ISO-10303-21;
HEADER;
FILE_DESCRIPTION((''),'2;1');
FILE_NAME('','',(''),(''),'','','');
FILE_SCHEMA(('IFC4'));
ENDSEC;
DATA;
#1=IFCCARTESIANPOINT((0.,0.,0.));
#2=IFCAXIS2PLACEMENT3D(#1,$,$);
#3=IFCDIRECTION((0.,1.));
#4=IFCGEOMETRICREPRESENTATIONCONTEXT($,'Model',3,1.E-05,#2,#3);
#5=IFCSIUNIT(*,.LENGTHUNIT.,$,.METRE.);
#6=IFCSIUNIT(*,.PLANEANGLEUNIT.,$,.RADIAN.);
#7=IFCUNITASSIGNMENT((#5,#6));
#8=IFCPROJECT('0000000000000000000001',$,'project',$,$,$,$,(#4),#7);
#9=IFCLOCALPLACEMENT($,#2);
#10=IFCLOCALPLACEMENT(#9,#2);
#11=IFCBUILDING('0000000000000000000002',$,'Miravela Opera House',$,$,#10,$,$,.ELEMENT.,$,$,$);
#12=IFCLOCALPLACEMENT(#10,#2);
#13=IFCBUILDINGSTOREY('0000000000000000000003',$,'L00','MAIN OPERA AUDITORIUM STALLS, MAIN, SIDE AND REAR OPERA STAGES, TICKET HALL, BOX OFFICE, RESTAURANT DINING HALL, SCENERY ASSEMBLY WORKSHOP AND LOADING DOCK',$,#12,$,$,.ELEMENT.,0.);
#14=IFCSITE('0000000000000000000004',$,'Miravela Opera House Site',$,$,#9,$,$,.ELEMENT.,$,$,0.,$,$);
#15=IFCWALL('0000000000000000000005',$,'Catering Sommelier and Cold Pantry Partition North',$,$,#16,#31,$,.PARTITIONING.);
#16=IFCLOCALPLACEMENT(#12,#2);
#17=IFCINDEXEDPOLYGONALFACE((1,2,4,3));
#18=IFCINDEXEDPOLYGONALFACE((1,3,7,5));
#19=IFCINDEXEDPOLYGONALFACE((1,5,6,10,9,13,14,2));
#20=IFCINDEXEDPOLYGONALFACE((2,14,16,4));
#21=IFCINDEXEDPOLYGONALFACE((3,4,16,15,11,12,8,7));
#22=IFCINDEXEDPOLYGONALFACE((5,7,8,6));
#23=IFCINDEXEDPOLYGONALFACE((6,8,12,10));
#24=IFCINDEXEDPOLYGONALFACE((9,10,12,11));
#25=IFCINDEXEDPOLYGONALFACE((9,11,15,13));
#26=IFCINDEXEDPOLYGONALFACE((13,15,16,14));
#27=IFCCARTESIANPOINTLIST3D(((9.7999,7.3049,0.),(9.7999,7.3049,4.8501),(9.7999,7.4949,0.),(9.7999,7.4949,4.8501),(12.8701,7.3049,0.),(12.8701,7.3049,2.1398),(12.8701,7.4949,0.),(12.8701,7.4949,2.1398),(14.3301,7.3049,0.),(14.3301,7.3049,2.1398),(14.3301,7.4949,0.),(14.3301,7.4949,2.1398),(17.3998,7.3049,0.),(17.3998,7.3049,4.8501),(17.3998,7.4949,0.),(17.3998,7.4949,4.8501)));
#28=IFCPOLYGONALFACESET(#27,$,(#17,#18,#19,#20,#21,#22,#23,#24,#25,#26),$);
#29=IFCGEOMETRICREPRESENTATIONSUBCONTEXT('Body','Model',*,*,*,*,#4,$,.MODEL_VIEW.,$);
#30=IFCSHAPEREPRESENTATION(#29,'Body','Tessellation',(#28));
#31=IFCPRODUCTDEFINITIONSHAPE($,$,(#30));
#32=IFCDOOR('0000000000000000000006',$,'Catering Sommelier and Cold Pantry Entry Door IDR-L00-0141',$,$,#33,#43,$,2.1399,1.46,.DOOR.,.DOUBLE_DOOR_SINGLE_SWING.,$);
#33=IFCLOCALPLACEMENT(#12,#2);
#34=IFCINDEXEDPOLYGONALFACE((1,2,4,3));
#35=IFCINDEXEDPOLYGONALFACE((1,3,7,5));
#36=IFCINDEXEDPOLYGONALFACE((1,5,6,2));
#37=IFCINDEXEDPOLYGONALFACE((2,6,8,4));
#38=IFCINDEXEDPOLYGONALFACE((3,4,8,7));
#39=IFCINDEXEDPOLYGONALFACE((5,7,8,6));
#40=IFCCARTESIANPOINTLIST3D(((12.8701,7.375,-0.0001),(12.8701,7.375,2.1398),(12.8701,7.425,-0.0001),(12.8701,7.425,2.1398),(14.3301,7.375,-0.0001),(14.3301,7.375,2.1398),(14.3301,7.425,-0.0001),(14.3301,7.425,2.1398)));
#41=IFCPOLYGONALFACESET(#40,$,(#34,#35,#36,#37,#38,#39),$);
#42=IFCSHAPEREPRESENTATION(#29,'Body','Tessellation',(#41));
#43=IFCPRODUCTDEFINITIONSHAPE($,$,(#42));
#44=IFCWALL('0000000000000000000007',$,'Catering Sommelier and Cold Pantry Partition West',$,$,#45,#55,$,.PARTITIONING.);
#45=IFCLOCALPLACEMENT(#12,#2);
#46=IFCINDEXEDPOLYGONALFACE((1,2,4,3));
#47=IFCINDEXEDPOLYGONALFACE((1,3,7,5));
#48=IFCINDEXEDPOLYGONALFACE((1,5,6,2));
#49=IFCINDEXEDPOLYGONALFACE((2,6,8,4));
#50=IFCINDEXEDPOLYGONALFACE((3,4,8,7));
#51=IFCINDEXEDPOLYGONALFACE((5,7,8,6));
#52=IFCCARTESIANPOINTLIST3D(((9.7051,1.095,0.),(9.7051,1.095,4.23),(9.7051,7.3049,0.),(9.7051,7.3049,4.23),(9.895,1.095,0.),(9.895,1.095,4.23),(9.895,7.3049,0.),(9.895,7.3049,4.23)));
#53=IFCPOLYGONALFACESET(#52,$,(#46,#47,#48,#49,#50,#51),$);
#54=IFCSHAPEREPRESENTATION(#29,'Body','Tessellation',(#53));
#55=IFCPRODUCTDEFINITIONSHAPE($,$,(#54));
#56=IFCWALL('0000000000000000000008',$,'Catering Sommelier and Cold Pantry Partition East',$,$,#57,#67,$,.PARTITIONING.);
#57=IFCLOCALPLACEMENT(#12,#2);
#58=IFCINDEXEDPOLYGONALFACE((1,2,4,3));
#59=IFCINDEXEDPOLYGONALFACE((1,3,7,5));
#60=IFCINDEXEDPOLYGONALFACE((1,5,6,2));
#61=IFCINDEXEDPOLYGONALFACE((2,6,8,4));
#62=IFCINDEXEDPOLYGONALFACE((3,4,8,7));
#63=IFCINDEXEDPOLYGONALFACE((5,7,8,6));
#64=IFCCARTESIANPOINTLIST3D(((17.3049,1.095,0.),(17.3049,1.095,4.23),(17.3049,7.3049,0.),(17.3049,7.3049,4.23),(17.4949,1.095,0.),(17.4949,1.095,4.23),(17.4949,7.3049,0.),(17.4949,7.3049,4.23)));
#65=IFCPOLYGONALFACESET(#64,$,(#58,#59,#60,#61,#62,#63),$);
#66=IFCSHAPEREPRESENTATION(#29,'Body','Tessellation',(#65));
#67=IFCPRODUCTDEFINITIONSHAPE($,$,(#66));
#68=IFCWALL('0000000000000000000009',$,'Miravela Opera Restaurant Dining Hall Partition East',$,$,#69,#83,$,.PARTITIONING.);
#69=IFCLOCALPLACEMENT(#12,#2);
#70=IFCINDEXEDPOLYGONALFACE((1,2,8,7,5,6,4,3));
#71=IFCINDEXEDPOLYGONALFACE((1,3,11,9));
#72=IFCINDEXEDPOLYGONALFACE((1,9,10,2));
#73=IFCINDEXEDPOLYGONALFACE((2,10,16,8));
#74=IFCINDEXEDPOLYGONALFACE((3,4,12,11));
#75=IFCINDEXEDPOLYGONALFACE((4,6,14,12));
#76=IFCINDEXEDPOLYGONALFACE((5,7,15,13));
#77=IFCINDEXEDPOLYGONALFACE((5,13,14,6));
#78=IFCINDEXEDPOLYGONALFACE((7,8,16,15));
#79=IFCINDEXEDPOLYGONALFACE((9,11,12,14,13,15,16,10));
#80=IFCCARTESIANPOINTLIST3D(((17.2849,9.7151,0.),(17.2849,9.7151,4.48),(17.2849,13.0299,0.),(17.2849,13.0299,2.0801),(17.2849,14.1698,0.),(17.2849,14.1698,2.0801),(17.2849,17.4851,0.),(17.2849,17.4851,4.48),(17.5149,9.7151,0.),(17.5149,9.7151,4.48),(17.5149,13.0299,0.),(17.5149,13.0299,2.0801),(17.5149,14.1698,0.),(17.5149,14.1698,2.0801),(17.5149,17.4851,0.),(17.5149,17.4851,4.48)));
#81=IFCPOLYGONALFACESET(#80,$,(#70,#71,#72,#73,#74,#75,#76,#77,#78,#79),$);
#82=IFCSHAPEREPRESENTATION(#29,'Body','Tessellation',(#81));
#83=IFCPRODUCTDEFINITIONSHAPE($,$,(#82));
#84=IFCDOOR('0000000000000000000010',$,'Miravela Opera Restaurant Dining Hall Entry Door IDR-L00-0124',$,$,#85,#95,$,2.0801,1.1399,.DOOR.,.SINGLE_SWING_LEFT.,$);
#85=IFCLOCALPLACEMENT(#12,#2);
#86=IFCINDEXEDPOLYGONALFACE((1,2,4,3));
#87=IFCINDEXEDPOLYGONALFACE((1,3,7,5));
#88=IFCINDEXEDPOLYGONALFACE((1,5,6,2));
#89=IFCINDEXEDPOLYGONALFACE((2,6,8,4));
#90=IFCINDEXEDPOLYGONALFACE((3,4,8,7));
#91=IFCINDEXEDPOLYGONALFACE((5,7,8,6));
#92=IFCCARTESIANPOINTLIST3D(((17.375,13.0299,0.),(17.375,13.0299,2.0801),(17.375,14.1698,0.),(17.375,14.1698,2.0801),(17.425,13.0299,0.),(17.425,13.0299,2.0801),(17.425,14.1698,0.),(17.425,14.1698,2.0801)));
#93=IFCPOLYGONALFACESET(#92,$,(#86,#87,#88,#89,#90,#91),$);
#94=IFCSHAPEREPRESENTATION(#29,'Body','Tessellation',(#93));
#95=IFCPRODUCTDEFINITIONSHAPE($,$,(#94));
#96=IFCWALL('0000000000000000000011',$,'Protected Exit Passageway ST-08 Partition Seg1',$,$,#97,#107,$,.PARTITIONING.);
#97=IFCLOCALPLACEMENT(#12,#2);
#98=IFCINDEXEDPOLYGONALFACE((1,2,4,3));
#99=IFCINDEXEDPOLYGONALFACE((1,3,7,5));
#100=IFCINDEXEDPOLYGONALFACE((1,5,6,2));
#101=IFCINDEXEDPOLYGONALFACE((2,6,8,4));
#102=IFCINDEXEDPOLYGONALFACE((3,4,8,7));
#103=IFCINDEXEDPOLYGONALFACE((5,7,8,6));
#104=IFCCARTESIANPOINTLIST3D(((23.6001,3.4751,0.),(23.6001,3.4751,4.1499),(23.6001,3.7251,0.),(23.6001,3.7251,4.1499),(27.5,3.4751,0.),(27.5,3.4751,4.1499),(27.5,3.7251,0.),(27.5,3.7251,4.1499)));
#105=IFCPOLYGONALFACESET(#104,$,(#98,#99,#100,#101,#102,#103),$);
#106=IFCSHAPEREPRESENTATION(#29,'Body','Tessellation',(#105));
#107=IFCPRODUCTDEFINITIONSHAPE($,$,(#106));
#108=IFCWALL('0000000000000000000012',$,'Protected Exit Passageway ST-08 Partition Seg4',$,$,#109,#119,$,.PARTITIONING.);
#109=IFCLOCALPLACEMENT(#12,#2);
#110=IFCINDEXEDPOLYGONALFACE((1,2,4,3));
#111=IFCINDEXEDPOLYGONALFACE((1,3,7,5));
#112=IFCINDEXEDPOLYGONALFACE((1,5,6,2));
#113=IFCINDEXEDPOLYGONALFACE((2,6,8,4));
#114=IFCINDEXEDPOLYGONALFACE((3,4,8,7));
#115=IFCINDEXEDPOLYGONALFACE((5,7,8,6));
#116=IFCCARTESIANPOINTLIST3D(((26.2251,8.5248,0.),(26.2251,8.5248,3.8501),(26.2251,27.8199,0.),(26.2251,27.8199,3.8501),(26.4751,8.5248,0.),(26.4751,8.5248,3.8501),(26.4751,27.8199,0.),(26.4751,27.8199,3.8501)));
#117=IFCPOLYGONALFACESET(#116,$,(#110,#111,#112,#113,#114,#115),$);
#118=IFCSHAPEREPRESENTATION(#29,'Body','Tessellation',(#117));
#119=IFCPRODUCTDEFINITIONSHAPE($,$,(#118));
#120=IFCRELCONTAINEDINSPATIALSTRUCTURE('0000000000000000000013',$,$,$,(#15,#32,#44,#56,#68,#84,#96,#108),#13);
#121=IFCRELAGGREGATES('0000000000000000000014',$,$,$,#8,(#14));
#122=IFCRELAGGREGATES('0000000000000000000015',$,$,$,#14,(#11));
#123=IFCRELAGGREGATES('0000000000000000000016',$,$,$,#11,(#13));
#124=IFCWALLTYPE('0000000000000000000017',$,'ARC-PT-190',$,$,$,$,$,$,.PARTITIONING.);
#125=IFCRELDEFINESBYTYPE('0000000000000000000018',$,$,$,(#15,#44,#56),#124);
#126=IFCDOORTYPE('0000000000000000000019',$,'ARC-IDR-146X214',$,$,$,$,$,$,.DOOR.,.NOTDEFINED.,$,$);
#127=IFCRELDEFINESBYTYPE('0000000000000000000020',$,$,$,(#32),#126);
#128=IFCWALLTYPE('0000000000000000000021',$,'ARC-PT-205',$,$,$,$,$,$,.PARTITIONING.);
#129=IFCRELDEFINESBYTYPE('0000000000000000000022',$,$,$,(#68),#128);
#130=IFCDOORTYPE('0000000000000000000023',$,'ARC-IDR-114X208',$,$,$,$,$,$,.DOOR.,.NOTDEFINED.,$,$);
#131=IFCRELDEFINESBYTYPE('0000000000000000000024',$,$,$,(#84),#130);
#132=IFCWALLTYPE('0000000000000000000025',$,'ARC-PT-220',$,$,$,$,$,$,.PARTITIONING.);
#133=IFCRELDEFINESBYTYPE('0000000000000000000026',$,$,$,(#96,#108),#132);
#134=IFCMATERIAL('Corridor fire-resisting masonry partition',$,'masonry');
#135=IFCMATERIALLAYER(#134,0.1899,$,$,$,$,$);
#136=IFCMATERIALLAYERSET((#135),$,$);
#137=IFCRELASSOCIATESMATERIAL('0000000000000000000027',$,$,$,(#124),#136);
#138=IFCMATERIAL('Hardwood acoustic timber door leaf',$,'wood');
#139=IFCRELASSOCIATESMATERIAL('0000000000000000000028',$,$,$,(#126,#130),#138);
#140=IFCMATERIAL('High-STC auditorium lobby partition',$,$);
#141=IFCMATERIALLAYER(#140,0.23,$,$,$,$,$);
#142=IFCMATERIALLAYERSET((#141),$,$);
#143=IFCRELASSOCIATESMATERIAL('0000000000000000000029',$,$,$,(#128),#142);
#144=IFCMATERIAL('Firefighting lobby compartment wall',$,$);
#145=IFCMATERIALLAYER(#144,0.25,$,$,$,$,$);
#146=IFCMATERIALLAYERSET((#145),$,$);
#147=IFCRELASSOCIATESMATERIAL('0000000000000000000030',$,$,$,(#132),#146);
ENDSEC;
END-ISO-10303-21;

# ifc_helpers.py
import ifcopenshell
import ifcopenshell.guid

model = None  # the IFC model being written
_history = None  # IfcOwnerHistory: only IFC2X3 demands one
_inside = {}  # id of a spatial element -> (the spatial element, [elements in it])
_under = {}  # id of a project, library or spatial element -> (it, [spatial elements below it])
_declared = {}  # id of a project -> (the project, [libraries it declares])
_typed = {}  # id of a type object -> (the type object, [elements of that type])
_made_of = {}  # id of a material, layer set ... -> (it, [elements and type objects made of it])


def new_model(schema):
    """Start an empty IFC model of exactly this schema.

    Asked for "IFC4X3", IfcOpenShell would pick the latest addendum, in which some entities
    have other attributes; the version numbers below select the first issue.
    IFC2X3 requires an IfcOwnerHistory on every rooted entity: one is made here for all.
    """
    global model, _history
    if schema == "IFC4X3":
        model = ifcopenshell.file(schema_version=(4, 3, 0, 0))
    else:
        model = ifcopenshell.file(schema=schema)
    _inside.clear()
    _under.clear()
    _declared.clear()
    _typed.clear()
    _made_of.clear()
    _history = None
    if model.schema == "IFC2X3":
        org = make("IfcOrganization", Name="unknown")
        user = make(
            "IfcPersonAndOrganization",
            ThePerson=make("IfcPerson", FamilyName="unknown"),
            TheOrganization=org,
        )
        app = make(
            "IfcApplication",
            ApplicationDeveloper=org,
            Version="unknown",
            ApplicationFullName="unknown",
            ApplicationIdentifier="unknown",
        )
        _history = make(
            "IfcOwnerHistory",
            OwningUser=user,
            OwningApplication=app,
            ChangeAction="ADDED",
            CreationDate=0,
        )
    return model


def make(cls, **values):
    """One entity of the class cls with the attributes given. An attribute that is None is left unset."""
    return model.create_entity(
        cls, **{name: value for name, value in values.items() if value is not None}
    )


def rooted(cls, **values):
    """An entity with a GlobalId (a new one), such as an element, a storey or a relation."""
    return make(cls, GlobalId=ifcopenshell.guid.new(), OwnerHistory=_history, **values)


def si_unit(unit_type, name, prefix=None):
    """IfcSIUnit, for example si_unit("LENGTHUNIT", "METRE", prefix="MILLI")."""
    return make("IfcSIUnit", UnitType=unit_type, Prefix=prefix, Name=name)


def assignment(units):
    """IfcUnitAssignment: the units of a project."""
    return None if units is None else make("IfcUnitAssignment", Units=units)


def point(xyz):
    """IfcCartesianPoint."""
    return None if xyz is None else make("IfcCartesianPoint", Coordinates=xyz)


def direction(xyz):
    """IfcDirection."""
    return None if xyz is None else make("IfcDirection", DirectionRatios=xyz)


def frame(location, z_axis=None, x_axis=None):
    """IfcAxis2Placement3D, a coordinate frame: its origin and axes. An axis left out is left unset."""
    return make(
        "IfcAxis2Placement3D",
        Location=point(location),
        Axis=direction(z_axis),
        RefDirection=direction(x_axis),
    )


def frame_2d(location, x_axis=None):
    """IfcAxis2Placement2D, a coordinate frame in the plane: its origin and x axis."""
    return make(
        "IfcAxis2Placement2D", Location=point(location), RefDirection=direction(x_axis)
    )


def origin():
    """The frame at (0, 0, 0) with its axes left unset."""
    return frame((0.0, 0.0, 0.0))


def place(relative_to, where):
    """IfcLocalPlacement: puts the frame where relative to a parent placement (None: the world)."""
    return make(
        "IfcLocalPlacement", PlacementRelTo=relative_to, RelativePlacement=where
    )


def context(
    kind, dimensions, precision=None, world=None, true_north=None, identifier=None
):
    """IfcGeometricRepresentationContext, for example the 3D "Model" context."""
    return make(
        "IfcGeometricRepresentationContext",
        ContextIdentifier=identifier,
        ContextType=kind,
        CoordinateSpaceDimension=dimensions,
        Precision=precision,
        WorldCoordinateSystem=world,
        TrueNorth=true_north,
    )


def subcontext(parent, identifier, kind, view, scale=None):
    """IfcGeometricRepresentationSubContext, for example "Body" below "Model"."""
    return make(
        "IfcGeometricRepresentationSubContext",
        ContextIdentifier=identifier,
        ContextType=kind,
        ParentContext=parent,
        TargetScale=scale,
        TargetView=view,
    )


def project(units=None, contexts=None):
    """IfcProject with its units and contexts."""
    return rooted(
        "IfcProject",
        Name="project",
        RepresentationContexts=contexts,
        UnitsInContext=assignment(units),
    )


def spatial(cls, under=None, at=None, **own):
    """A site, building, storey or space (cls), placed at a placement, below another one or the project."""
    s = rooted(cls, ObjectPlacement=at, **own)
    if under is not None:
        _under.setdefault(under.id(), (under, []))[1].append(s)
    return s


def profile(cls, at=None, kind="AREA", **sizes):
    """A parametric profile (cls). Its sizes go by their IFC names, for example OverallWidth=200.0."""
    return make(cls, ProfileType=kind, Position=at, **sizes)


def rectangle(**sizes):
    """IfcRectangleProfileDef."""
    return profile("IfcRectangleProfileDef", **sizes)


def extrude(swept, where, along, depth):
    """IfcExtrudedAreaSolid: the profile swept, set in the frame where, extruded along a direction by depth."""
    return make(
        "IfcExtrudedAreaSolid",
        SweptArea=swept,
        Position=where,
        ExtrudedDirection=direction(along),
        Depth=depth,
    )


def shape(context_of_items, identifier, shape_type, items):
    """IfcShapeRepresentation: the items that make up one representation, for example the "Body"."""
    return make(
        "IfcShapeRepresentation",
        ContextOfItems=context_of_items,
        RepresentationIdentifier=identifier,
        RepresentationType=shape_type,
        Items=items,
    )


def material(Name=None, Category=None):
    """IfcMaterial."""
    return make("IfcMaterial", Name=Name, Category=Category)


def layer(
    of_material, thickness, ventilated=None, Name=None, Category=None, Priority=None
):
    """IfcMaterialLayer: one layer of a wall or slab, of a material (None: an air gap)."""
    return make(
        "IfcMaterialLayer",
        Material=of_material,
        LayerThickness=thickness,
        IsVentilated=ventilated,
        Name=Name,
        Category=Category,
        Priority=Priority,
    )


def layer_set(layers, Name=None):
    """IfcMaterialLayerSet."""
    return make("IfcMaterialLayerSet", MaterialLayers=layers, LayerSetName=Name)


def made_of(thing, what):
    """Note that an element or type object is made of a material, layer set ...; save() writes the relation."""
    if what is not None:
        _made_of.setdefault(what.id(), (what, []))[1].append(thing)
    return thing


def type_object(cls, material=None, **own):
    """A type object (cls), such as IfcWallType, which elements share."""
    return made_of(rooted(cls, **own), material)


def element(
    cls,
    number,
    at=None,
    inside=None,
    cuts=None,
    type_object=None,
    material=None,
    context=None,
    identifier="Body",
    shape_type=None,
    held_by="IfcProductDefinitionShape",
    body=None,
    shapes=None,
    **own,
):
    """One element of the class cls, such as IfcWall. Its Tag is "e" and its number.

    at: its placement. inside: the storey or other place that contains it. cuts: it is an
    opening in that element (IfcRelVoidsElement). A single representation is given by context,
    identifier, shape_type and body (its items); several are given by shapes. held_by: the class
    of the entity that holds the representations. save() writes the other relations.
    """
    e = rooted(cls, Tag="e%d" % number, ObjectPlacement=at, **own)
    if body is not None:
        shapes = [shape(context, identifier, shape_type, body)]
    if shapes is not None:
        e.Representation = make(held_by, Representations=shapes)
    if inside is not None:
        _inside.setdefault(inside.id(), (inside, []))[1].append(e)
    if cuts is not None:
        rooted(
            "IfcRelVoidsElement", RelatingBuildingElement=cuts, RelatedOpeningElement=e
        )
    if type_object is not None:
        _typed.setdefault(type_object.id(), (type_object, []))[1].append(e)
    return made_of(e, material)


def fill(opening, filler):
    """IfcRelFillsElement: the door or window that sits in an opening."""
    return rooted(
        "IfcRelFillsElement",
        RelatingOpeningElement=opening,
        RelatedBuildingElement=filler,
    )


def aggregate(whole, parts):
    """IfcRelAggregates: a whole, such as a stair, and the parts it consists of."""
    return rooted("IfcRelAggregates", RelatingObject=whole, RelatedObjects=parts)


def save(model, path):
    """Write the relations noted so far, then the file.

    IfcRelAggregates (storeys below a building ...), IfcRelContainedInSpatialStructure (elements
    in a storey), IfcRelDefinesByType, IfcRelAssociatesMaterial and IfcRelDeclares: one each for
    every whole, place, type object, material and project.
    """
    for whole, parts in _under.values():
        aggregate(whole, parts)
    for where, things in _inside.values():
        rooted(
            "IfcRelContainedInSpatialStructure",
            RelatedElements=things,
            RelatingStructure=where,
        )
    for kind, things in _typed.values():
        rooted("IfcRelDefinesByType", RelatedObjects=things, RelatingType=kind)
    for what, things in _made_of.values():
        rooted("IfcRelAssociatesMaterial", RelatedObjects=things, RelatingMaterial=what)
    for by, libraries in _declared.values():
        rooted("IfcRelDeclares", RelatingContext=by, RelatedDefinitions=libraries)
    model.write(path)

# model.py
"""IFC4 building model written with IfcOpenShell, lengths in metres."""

from ifc_helpers import new_model, si_unit, direction, frame, frame_2d, origin, place, context, subcontext, project, spatial, rectangle, extrude, material, layer, layer_set, type_object, element, fill, save


model = new_model("IFC4")

# Units and contexts
model_context = context("Model", 3, precision=1e-05, world=origin(), true_north=direction((0.0, 1.0)))
body_context = subcontext(model_context, "Body", "Model", "MODEL_VIEW")
ifc_project = project(units=[si_unit("LENGTHUNIT", "METRE"), si_unit("PLANEANGLEUNIT", "RADIAN")], contexts=[model_context])

# Site, building, storey
site_placement = place(None, origin())
site = spatial("IfcSite", under=ifc_project, at=site_placement, Name="Miravela Opera House Site", CompositionType="ELEMENT", RefElevation=0.0)
building_placement = place(site_placement, origin())
building = spatial("IfcBuilding", under=site, at=building_placement, Name="Miravela Opera House", CompositionType="ELEMENT")
storey_placement = place(building_placement, origin())
storey = spatial("IfcBuildingStorey", under=building, at=storey_placement, Name="L00", Description="MAIN OPERA AUDITORIUM STALLS, MAIN, SIDE AND REAR OPERA STAGES, TICKET HALL, BOX OFFICE, RESTAURANT DINING HALL, SCENERY ASSEMBLY WORKSHOP AND LOADING DOCK", CompositionType="ELEMENT", Elevation=0.0)

# Shared definitions
ifc_material_1 = material(Name="Hardwood acoustic timber door leaf", Category="wood")

# Shared definitions
ifc_material_2 = material(Name="Corridor fire-resisting masonry partition", Category="masonry")
ifc_layer_1 = layer(ifc_material_2, 0.1899)
ifc_layer_set_1 = layer_set([ifc_layer_1])
wall_type_1 = type_object("IfcWallType", Name="ARC-PT-190", PredefinedType="PARTITIONING", material=ifc_layer_set_1)

# Wall, opening, door
wall_1_placement = place(storey_placement, frame((9.8, 7.3999, 0.0), z_axis=(0.0, 0.0, 1.0), x_axis=(1.0, 0.0, 0.0)))
wall_1 = element("IfcWall", 1, at=wall_1_placement, inside=storey, type_object=wall_type_1, Name="Catering Sommelier and Cold Pantry Partition North", PredefinedType="PARTITIONING", context=body_context, shape_type="SweptSolid", body=[
    extrude(rectangle(XDim=7.5999, YDim=0.1899, at=frame_2d((3.7998, 0.0))), origin(), (0.0, 0.0, 1.0), 4.8501),
])
opening_1_placement = place(wall_1_placement, frame((3.0701, 0.0, 0.0)))
opening_1 = element("IfcOpeningElement", 2, at=opening_1_placement, cuts=wall_1, PredefinedType="OPENING", context=body_context, shape_type="SweptSolid", body=[
    extrude(rectangle(XDim=1.46, YDim=2.1399, at=frame_2d((0.73, 1.0698))), frame((0.0, 0.105, 0.0), z_axis=(0.0, -1.0, 0.0), x_axis=(1.0, 0.0, 0.0)), (0.0, 0.0, 1.0), 0.21),
])
door_type_1 = type_object("IfcDoorType", Name="ARC-IDR-146X214", OperationType="NOTDEFINED", PredefinedType="DOOR", material=ifc_material_1)
door_1_placement = place(opening_1_placement, frame((1.46, 0.0, 0.0), z_axis=(0.0, 0.0, 1.0), x_axis=(-1.0, 0.0, 0.0)))
door_1 = element("IfcDoor", 3, at=door_1_placement, inside=storey, type_object=door_type_1, Name="Catering Sommelier and Cold Pantry Entry Door IDR-L00-0141", OperationType="DOUBLE_DOOR_SINGLE_SWING", OverallHeight=2.1399, OverallWidth=1.46, PredefinedType="DOOR", context=body_context, shape_type="SweptSolid", body=[
    extrude(rectangle(XDim=1.46, YDim=2.1399, at=frame_2d((0.73, 1.0698))), frame((0.0, 0.0249, 0.0), z_axis=(0.0, -1.0, 0.0), x_axis=(1.0, 0.0, 0.0)), (0.0, 0.0, 1.0), 0.05),
])
fill(opening_1, door_1)

# Walls
for number, where, z_axis, x_axis, name in (
    (4, (9.8, 1.095, 0.0), (0.0, 0.0, 1.0), (0.0, 1.0, 0.0), "Catering Sommelier and Cold Pantry Partition West"),
    (5, (17.3999, 1.095, 0.0), (0.0, 0.0, 1.0), (0.0, 1.0, 0.0), "Catering Sommelier and Cold Pantry Partition East"),
):
    element("IfcWall", number, at=place(storey_placement, frame(where, z_axis=z_axis, x_axis=x_axis)), inside=storey, type_object=wall_type_1, Name=name, PredefinedType="PARTITIONING", context=body_context, shape_type="SweptSolid", body=[
        extrude(rectangle(XDim=6.21, YDim=0.1899, at=frame_2d((3.105, 0.0))), origin(), (0.0, 0.0, 1.0), 4.23),
    ])

# Wall, opening, door
ifc_material_3 = material(Name="High-STC auditorium lobby partition")
ifc_layer_2 = layer(ifc_material_3, 0.23)
ifc_layer_set_2 = layer_set([ifc_layer_2])
wall_type_2 = type_object("IfcWallType", Name="ARC-PT-205", PredefinedType="PARTITIONING", material=ifc_layer_set_2)
wall_2_placement = place(storey_placement, frame((17.3999, 9.7151, 0.0), z_axis=(0.0, 0.0, 1.0), x_axis=(0.0, 1.0, 0.0)))
wall_2 = element("IfcWall", 6, at=wall_2_placement, inside=storey, type_object=wall_type_2, Name="Miravela Opera Restaurant Dining Hall Partition East", PredefinedType="PARTITIONING", context=body_context, shape_type="SweptSolid", body=[
    extrude(rectangle(XDim=7.77, YDim=0.23, at=frame_2d((3.885, 0.0))), origin(), (0.0, 0.0, 1.0), 4.48),
])
opening_2_placement = place(wall_2_placement, frame((3.3149, 0.0, 0.0)))
opening_2 = element("IfcOpeningElement", 7, at=opening_2_placement, cuts=wall_2, PredefinedType="OPENING", context=body_context, shape_type="SweptSolid", body=[
    extrude(rectangle(XDim=1.1399, YDim=2.0801, at=frame_2d((0.5698, 1.04))), frame((0.0, 0.125, 0.0), z_axis=(0.0, -1.0, 0.0), x_axis=(1.0, 0.0, 0.0)), (0.0, 0.0, 1.0), 0.25),
])
door_type_2 = type_object("IfcDoorType", Name="ARC-IDR-114X208", OperationType="NOTDEFINED", PredefinedType="DOOR", material=ifc_material_1)
door_2_placement = place(opening_2_placement, origin())
door_2 = element("IfcDoor", 8, at=door_2_placement, inside=storey, type_object=door_type_2, Name="Miravela Opera Restaurant Dining Hall Entry Door IDR-L00-0124", OperationType="SINGLE_SWING_LEFT", OverallHeight=2.0801, OverallWidth=1.1399, PredefinedType="DOOR", context=body_context, shape_type="SweptSolid", body=[
    extrude(rectangle(XDim=1.1399, YDim=2.0801, at=frame_2d((0.5698, 1.04))), frame((0.0, 0.0249, 0.0), z_axis=(0.0, -1.0, 0.0), x_axis=(1.0, 0.0, 0.0)), (0.0, 0.0, 1.0), 0.05),
])
fill(opening_2, door_2)

# Walls
ifc_material_4 = material(Name="Firefighting lobby compartment wall")
ifc_layer_3 = layer(ifc_material_4, 0.25)
ifc_layer_set_3 = layer_set([ifc_layer_3])
wall_type_3 = type_object("IfcWallType", Name="ARC-PT-220", PredefinedType="PARTITIONING", material=ifc_layer_set_3)
wall_3_placement = place(storey_placement, frame((23.6001, 3.6001, 0.0), z_axis=(0.0, 0.0, 1.0), x_axis=(1.0, 0.0, 0.0)))
element("IfcWall", 9, at=wall_3_placement, inside=storey, type_object=wall_type_3, Name="Protected Exit Passageway ST-08 Partition Seg1", PredefinedType="PARTITIONING", context=body_context, shape_type="SweptSolid", body=[
    extrude(rectangle(XDim=3.8999, YDim=0.25, at=frame_2d((1.95, 0.0))), origin(), (0.0, 0.0, 1.0), 4.1499),
])
wall_4_placement = place(storey_placement, frame((26.3501, 8.5249, 0.0), z_axis=(0.0, 0.0, 1.0), x_axis=(0.0, 1.0, 0.0)))
element("IfcWall", 10, at=wall_4_placement, inside=storey, type_object=wall_type_3, Name="Protected Exit Passageway ST-08 Partition Seg4", PredefinedType="PARTITIONING", context=body_context, shape_type="SweptSolid", body=[
    extrude(rectangle(XDim=19.2952, YDim=0.25, at=frame_2d((9.6475, 0.0))), origin(), (0.0, 0.0, 1.0), 3.8501),
])

save(model, "model.ifc")
